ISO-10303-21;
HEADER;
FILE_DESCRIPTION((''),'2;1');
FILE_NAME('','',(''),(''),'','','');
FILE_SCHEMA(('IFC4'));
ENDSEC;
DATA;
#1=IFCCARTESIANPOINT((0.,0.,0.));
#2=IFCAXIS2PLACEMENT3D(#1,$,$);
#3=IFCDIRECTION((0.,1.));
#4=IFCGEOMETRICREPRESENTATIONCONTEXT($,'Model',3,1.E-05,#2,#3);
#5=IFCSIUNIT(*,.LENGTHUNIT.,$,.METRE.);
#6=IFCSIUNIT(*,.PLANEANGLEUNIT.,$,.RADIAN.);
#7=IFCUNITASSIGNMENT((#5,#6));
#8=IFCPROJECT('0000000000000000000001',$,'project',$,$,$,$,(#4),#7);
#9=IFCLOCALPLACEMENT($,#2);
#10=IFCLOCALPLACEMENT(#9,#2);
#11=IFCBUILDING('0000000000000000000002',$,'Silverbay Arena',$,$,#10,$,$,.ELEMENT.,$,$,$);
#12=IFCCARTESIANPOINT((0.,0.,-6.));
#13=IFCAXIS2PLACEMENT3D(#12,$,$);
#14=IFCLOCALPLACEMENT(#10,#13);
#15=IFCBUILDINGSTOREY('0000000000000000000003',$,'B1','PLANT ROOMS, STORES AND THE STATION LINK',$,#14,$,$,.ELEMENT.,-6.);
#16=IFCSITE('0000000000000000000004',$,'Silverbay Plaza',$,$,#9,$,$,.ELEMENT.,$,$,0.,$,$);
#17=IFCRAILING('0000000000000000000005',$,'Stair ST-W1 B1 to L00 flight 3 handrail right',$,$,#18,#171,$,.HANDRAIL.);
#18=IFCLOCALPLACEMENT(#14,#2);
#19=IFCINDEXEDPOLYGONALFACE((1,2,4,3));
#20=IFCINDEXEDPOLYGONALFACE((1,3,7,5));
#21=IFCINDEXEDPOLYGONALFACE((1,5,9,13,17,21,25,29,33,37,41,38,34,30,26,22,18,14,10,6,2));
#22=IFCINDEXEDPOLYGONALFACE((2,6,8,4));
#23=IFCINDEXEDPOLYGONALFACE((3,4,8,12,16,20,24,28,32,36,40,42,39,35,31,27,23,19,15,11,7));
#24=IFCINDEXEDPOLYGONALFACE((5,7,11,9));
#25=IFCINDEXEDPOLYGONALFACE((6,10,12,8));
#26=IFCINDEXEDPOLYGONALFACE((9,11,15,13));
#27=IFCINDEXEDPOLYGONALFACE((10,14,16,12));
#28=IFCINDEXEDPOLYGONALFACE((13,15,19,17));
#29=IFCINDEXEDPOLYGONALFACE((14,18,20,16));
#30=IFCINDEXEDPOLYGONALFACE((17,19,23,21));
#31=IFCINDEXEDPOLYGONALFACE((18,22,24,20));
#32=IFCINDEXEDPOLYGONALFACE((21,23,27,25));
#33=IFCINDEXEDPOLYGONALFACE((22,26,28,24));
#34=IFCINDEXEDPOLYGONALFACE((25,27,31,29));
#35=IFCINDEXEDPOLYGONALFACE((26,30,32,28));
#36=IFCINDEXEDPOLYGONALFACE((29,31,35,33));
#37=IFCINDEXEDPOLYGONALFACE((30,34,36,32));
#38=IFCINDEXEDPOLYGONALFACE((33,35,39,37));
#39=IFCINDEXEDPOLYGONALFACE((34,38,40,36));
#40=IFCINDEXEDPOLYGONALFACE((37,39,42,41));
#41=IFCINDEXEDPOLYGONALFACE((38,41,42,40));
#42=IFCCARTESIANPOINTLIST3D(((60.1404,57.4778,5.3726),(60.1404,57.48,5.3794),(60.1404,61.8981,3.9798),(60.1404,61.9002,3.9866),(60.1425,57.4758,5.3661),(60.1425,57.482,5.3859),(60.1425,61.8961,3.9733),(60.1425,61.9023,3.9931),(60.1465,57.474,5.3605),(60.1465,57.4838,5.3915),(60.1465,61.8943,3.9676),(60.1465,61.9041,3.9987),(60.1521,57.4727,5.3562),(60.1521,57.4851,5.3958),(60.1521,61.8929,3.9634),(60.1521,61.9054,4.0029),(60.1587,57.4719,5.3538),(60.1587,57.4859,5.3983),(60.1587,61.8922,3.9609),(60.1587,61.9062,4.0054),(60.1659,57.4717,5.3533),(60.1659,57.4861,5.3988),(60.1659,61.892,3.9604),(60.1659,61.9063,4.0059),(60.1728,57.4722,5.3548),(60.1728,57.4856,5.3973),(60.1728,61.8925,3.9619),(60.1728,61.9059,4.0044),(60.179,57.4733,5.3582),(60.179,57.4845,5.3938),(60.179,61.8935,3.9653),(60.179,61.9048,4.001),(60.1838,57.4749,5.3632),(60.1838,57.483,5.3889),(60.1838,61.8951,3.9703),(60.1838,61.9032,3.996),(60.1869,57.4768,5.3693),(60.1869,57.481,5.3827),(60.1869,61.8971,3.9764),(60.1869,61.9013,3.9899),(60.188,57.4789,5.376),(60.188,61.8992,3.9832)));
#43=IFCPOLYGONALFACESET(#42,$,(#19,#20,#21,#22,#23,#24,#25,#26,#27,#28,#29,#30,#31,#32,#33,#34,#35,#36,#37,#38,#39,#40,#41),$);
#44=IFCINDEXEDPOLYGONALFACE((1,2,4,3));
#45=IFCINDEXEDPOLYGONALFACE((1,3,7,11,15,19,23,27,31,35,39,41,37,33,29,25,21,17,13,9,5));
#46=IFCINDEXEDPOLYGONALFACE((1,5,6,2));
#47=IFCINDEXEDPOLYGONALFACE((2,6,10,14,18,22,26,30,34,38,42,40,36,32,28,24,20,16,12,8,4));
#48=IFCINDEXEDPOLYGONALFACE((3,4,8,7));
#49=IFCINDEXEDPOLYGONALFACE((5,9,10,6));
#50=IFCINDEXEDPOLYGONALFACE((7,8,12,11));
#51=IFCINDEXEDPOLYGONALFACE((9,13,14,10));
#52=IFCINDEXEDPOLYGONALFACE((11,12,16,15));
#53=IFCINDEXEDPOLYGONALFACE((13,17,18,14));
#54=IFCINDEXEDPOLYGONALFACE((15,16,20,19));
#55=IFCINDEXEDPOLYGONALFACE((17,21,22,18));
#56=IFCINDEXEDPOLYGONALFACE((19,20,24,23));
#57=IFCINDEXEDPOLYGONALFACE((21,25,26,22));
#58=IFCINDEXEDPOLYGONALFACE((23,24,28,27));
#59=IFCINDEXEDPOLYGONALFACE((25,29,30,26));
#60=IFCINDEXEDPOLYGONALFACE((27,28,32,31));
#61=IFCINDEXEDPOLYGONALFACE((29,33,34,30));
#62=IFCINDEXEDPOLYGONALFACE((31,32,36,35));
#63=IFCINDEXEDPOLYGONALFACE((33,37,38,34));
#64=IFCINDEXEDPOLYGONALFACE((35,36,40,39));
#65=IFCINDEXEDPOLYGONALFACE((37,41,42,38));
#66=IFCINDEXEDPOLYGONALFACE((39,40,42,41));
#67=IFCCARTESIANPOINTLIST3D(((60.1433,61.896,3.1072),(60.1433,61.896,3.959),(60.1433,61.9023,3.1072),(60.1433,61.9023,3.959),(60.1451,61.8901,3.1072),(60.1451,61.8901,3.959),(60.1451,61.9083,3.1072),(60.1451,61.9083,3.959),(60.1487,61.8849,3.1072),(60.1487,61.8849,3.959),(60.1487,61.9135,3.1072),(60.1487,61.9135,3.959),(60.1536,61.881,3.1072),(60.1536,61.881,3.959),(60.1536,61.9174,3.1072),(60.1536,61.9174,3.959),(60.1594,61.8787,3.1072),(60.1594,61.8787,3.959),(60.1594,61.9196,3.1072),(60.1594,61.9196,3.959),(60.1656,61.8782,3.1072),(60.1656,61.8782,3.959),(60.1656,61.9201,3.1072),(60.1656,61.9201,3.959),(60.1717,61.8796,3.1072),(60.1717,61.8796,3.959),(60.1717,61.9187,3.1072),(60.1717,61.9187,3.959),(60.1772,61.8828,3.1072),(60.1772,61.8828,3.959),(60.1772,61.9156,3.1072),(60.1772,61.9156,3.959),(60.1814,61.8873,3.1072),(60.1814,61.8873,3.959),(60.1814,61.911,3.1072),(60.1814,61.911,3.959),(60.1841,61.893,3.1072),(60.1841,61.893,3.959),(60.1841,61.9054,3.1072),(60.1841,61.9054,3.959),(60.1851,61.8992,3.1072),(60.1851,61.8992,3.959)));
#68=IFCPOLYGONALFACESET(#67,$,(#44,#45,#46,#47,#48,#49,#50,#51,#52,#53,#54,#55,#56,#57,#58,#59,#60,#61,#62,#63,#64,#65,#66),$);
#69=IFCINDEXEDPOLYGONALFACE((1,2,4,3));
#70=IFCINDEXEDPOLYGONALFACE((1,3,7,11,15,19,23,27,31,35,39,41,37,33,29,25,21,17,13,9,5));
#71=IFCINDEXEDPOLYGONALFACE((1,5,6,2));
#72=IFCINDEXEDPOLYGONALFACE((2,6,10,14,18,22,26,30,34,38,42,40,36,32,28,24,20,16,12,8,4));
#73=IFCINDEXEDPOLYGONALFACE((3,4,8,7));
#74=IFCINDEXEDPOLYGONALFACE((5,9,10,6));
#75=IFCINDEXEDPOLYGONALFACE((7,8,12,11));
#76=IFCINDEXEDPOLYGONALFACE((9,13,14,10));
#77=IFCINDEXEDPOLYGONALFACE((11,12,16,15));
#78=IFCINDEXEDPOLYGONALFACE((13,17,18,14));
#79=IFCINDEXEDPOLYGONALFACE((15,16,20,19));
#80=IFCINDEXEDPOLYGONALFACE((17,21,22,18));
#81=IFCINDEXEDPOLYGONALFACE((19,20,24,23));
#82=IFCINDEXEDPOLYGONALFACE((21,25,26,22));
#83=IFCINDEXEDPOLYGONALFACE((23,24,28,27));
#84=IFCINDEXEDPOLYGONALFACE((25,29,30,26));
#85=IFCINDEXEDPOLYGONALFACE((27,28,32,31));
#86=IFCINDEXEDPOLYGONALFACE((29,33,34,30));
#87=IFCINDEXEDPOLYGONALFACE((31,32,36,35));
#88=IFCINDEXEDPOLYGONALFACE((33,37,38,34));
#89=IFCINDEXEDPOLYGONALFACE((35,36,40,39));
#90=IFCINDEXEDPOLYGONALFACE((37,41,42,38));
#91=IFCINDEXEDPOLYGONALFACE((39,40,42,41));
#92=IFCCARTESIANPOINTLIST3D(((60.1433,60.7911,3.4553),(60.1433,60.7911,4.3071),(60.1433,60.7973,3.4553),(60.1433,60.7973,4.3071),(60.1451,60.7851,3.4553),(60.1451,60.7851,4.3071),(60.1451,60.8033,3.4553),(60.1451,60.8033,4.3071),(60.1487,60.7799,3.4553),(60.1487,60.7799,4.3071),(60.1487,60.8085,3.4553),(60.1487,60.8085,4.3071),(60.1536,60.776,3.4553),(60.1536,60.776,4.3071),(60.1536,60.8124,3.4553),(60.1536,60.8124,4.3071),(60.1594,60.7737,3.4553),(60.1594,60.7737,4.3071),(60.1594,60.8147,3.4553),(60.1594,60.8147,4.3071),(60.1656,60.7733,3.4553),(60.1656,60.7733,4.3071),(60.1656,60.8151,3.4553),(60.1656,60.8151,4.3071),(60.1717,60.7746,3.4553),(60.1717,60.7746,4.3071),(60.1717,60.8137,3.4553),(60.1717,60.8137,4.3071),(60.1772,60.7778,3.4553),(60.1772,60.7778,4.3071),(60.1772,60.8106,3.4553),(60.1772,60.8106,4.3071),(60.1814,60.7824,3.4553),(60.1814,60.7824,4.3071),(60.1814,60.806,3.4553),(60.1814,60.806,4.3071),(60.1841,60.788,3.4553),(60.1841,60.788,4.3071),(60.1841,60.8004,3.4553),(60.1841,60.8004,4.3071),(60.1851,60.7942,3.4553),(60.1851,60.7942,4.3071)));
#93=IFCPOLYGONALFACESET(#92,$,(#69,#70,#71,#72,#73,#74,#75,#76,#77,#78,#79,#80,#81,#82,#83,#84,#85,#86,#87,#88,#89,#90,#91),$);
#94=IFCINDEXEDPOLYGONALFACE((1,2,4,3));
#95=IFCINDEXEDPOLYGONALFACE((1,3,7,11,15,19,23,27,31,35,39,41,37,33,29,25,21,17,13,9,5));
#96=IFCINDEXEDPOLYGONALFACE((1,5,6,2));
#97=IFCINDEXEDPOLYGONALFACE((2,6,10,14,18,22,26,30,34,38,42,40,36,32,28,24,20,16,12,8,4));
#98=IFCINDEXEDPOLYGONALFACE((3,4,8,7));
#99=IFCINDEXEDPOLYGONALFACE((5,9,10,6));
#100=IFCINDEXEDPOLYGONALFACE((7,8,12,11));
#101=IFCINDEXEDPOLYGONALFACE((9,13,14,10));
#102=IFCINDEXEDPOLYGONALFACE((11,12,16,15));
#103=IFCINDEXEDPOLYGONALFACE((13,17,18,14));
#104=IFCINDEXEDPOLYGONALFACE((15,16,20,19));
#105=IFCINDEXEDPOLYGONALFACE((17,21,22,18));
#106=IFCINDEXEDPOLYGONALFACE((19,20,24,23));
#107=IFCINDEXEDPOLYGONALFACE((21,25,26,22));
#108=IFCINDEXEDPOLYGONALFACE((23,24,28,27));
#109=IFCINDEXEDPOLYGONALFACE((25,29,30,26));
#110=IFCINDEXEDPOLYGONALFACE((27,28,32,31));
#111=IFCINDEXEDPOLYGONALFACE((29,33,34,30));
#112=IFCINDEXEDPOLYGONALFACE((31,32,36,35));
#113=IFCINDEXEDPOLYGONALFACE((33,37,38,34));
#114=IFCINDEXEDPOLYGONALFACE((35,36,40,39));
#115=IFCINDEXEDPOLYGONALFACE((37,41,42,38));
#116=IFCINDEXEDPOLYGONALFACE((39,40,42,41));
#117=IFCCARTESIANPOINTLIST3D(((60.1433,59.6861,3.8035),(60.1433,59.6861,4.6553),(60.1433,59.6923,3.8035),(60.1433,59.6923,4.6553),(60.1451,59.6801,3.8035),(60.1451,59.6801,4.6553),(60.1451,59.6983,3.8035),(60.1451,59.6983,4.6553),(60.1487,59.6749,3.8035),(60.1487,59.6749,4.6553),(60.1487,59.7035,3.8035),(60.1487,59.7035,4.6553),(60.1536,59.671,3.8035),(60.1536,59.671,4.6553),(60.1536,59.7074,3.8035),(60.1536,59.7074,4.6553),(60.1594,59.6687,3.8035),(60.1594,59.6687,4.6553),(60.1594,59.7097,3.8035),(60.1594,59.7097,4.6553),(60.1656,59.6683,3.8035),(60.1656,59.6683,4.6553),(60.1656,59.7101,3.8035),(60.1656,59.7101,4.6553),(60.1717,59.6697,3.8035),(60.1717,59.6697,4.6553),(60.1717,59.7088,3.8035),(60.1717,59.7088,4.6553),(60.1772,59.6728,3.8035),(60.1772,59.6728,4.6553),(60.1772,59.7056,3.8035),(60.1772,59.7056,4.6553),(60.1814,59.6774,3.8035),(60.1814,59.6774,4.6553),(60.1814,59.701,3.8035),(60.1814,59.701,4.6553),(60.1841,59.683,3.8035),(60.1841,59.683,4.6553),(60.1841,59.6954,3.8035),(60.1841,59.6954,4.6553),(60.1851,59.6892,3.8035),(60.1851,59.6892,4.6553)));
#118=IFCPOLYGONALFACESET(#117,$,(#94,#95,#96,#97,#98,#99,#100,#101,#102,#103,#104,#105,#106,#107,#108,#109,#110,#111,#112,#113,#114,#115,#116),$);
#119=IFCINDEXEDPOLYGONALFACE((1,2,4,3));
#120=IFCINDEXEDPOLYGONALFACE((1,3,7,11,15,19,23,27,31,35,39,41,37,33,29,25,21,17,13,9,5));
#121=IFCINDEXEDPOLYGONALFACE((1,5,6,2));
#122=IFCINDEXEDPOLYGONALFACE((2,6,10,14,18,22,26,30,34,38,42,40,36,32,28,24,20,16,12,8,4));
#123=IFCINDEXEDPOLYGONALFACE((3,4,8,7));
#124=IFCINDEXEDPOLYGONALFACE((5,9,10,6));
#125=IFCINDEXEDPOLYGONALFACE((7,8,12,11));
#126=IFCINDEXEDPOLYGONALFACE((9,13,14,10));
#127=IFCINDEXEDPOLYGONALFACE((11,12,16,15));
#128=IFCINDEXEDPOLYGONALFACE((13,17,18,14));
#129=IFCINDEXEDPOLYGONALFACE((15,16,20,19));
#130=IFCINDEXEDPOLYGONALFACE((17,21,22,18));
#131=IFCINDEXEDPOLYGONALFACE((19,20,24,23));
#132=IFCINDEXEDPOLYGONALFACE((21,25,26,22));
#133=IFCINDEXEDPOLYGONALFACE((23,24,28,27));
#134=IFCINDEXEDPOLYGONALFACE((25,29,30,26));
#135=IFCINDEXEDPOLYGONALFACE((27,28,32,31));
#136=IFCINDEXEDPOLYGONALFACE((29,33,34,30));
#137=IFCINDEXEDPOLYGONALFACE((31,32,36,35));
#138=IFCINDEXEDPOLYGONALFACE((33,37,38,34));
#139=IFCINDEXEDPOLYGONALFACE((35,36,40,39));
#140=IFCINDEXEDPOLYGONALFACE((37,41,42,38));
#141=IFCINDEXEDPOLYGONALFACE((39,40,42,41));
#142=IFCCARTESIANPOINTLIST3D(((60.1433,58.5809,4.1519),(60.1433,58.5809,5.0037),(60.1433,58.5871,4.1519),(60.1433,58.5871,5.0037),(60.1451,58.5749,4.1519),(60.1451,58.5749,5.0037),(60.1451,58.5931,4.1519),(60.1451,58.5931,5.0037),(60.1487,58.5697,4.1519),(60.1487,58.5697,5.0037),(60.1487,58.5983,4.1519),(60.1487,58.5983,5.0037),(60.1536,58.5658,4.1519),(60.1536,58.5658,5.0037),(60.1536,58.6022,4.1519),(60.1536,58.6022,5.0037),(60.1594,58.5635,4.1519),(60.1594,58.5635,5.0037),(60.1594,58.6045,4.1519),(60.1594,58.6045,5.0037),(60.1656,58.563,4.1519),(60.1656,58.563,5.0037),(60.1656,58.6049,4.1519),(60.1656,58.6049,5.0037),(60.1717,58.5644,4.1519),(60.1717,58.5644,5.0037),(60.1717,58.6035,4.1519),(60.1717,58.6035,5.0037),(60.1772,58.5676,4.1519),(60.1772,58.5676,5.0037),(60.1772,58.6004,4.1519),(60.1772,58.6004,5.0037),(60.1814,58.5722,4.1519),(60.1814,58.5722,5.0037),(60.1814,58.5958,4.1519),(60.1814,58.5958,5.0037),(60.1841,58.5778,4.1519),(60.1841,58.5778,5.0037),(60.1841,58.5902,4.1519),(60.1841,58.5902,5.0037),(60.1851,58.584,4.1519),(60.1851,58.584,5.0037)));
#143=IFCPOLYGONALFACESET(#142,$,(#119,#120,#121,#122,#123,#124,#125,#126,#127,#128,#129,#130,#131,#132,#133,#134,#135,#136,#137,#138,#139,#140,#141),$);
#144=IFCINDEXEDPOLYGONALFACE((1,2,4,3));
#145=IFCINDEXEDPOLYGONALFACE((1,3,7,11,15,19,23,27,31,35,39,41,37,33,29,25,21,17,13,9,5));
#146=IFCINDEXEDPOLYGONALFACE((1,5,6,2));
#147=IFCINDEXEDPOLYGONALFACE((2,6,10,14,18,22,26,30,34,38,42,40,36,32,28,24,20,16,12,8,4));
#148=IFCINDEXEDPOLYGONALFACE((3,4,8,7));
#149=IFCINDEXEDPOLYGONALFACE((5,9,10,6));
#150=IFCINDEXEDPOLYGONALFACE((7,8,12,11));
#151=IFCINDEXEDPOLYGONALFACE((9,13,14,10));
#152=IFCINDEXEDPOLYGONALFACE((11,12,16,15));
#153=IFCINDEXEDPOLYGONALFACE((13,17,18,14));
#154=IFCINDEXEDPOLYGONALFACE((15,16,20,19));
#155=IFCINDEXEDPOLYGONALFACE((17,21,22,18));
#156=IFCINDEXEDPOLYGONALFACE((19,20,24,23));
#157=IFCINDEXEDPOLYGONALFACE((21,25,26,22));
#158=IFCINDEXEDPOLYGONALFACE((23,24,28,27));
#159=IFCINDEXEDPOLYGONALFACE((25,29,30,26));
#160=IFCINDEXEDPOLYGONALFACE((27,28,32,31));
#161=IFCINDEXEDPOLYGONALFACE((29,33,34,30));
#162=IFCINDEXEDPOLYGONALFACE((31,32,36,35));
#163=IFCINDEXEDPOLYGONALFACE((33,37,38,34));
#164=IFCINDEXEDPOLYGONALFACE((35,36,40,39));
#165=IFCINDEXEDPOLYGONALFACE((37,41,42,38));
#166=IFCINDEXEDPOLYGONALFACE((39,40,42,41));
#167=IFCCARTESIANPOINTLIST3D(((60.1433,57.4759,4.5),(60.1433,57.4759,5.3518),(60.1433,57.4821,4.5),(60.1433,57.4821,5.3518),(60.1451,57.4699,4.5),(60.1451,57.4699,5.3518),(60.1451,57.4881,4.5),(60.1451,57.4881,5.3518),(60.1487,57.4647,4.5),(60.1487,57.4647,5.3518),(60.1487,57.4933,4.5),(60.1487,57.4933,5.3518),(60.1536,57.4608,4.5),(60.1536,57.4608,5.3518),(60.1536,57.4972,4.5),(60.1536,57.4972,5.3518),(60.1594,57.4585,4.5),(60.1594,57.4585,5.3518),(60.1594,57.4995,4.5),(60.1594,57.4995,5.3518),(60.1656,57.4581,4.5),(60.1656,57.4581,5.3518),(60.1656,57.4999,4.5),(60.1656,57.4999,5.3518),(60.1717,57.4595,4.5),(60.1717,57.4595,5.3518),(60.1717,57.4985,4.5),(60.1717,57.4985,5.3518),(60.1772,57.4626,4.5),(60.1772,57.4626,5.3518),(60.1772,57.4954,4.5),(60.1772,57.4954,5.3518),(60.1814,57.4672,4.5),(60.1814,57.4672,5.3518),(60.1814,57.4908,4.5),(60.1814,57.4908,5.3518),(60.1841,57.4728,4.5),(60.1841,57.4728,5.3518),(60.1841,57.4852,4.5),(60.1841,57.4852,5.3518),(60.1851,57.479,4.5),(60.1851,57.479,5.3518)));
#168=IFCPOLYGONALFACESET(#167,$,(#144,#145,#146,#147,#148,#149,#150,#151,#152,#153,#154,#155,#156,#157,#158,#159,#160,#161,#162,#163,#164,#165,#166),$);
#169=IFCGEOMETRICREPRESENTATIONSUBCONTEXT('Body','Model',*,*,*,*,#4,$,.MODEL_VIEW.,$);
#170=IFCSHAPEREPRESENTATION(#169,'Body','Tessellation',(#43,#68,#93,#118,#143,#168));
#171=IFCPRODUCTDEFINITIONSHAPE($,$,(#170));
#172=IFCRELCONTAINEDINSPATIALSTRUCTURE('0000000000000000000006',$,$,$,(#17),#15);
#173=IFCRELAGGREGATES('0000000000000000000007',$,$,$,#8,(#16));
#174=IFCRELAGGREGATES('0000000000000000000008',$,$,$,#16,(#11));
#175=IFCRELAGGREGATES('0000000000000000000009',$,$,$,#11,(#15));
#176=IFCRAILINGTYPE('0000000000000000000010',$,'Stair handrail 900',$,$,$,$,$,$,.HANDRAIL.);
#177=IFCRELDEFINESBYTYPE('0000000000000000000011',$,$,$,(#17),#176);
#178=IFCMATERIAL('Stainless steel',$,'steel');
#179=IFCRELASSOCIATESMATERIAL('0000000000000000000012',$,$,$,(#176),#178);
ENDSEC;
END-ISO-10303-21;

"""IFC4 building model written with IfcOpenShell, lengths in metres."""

from ifc_helpers import new_model, si_unit, direction, frame, origin, origin_2d, place, context, subcontext, project, spatial, circle, extrude, material, type_object, element, save


model = new_model("IFC4")

# Units and contexts
model_context = context("Model", 3, precision=1e-05, world=origin(), true_north=direction((0.0, 1.0)))
body_context = subcontext(model_context, "Body", "Model", "MODEL_VIEW")
ifc_project = project(units=[si_unit("LENGTHUNIT", "METRE"), si_unit("PLANEANGLEUNIT", "RADIAN")], contexts=[model_context])

# Site, building, storey
site_placement = place(None, origin())
site = spatial("IfcSite", under=ifc_project, at=site_placement, Name="Silverbay Plaza", CompositionType="ELEMENT", RefElevation=0.0)
building_placement = place(site_placement, origin())
building = spatial("IfcBuilding", under=site, at=building_placement, Name="Silverbay Arena", CompositionType="ELEMENT")
storey_placement = place(building_placement, frame((0.0, 0.0, -6.0)))
storey = spatial("IfcBuildingStorey", under=building, at=storey_placement, Name="B1", Description="PLANT ROOMS, STORES AND THE STATION LINK", CompositionType="ELEMENT", Elevation=-6.0)

# Railing
ifc_material_1 = material(Name="Stainless steel", Category="steel")
railing_type_1 = type_object("IfcRailingType", Name="Stair handrail 900", PredefinedType="HANDRAIL", material=ifc_material_1)
for number, where, name in (
    (1, (60.1641, 61.8992, 3.1072), "Stair ST-W1 B1 to L00 flight 3 handrail right"),
):
    element("IfcRailing", number, at=place(storey_placement, frame(where)), inside=storey, type_object=railing_type_1, Name=name, PredefinedType="HANDRAIL", context=body_context, shape_type="SweptSolid", body=[
        extrude(circle(Radius=0.0239, at=origin_2d()), frame((0.0, 0.0, 0.876), z_axis=(0.0, -0.95377, 0.300539), x_axis=(1.0, 0.0, 0.0)), (0.0, 0.0, 1.0), 4.6345),
        extrude(circle(Radius=0.021, at=origin_2d()), origin(), (0.0, 0.0, 1.0), 0.8518),
        extrude(circle(Radius=0.021, at=origin_2d()), frame((0.0, -1.105, 0.3481)), (0.0, 0.0, 1.0), 0.8518),
        extrude(circle(Radius=0.021, at=origin_2d()), frame((0.0, -2.21, 0.6963)), (0.0, 0.0, 1.0), 0.8518),
        extrude(circle(Radius=0.021, at=origin_2d()), frame((0.0, -3.3152, 1.0447)), (0.0, 0.0, 1.0), 0.8518),
        extrude(circle(Radius=0.021, at=origin_2d()), frame((0.0, -4.4202, 1.3928)), (0.0, 0.0, 1.0), 0.8518),
    ])

save(model, "model.ifc")
